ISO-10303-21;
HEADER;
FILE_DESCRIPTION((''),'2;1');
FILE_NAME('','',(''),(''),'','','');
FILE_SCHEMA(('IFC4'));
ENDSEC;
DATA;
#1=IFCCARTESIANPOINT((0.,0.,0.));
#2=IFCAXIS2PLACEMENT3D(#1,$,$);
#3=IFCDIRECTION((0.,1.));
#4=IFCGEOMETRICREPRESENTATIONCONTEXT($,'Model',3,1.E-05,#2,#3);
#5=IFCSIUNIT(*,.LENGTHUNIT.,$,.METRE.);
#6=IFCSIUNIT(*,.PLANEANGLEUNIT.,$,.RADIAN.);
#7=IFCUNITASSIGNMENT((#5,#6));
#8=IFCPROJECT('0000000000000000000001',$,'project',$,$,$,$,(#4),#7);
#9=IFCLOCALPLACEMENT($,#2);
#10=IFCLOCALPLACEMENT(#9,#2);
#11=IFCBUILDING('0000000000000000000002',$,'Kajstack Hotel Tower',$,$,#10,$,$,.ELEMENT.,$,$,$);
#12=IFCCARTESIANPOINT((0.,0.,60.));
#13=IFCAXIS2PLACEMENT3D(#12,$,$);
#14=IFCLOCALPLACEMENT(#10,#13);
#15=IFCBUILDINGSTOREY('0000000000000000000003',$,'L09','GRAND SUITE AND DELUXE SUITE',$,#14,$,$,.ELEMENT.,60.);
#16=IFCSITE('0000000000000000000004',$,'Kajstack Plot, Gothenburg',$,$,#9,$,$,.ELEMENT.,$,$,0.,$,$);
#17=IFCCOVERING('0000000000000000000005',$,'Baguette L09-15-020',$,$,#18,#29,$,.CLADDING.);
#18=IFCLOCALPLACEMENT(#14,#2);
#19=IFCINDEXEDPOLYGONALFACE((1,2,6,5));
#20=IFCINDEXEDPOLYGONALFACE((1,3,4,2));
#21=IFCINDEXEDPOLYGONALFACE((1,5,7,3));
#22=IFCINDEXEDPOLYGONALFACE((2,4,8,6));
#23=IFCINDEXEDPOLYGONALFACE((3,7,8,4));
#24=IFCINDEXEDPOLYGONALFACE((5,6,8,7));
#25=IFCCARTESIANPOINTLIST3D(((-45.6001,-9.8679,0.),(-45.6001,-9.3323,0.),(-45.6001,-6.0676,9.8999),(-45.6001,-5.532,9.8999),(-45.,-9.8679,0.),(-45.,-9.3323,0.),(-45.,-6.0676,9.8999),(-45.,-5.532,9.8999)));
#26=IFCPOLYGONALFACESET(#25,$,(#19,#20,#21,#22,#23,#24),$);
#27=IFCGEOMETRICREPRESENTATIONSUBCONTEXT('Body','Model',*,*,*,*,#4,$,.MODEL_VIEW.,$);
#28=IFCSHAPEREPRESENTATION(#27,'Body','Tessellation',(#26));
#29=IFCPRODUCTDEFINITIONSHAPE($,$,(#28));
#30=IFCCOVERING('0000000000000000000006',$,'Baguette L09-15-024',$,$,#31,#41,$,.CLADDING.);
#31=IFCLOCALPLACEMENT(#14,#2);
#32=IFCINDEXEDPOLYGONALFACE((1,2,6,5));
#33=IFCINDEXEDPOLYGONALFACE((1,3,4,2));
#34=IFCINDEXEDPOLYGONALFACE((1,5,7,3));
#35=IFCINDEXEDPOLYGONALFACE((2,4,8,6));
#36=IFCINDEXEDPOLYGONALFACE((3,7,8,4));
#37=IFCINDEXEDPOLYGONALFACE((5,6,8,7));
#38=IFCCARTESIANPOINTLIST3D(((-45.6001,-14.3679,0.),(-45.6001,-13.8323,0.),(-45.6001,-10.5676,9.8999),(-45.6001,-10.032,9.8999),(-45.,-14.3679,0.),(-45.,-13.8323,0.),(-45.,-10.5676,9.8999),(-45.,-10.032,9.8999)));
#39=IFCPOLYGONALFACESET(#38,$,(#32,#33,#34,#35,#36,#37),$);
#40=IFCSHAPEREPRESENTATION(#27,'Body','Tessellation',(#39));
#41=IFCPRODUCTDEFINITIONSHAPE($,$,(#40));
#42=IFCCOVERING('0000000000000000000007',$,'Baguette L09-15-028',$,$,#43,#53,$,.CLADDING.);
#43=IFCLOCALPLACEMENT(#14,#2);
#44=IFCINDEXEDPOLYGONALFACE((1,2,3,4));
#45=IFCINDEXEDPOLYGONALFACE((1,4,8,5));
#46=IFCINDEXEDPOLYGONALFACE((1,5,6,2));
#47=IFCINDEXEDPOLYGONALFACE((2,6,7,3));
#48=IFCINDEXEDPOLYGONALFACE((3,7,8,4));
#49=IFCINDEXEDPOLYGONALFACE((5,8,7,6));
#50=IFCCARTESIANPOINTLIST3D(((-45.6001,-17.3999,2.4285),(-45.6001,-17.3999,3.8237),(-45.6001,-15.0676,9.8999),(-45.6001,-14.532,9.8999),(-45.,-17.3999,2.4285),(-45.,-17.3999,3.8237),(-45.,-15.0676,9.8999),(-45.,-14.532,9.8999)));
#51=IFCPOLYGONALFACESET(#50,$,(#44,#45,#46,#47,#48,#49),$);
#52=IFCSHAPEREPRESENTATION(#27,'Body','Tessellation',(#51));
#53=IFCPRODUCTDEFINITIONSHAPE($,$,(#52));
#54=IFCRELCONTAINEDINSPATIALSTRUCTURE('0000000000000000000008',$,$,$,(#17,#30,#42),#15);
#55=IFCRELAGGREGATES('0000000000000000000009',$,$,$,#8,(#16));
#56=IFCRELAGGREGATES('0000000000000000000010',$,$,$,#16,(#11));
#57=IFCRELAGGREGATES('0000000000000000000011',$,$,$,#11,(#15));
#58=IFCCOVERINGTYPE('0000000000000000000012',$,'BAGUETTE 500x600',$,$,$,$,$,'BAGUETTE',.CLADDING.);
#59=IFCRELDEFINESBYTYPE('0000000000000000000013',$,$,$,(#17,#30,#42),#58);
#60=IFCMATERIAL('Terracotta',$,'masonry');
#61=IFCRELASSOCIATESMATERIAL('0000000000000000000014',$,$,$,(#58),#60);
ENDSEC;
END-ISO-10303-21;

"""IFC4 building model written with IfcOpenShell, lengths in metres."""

from ifc_helpers import new_model, si_unit, direction, frame, origin, origin_2d, place, context, subcontext, project, spatial, polyline, rectangle, outline, extrude, material, material_profile, profile_set, type_object, element, save


model = new_model("IFC4")

# Units and contexts
model_context = context("Model", 3, precision=1e-05, world=origin(), true_north=direction((0.0, 1.0)))
body_context = subcontext(model_context, "Body", "Model", "MODEL_VIEW")
ifc_project = project(units=[si_unit("LENGTHUNIT", "METRE"), si_unit("PLANEANGLEUNIT", "RADIAN")], contexts=[model_context])

# Site, building, storey
site_placement = place(None, origin())
site = spatial("IfcSite", under=ifc_project, at=site_placement, Name="Kajstack Plot, Gothenburg", CompositionType="ELEMENT", RefElevation=0.0)
building_placement = place(site_placement, origin())
building = spatial("IfcBuilding", under=site, at=building_placement, Name="Kajstack Hotel Tower", CompositionType="ELEMENT")
storey_placement = place(building_placement, frame((0.0, 0.0, 60.0)))
storey = spatial("IfcBuildingStorey", under=building, at=storey_placement, Name="L09", Description="GRAND SUITE AND DELUXE SUITE", CompositionType="ELEMENT", Elevation=60.0)

# Coverings
ifc_material_1 = material(Name="Terracotta", Category="masonry")
ifc_material_profile = material_profile(ifc_material_1, rectangle(XDim=0.6001, YDim=0.5, at=origin_2d()), Name="Terracotta-clad concrete baguette 500 x 600")
ifc_profile_set = profile_set([ifc_material_profile], Name="Terracotta")
covering_type = type_object("IfcCoveringType", Name="BAGUETTE 500x600", ElementType="BAGUETTE", PredefinedType="CLADDING", material=ifc_profile_set)
for number, where, z_axis, x_axis, name in (
    (1, (-45.0, -5.532, 0.0), (-1.0, 0.0, 0.0), (0.0, -1.0, 0.0), "Baguette L09-15-020"),
    (2, (-45.0, -10.032, 0.0), (-1.0, 0.0, 0.0), (0.0, -1.0, 0.0), "Baguette L09-15-024"),
):
    element("IfcCovering", number, at=place(storey_placement, frame(where, z_axis=z_axis, x_axis=x_axis)), inside=storey, type_object=covering_type, Name=name, PredefinedType="CLADDING", context=body_context, shape_type="SweptSolid", body=[
        extrude(outline(polyline([(0.0, 9.8999), (3.8003, 0.0), (4.3359, 0.0), (0.5356, 9.8999), (0.0, 9.8999)])), origin(), (0.0, 0.0, 1.0), 0.6001),
    ])
covering_placement = place(storey_placement, frame((-45.0, -14.532, 0.0), z_axis=(-1.0, 0.0, 0.0), x_axis=(0.0, -1.0, 0.0)))
element("IfcCovering", 3, at=covering_placement, inside=storey, type_object=covering_type, Name="Baguette L09-15-028", PredefinedType="CLADDING", context=body_context, shape_type="SweptSolid", body=[
    extrude(outline(polyline([(0.0, 9.8999), (2.8679, 2.4285), (2.8679, 3.8237), (0.5356, 9.8999), (0.0, 9.8999)])), origin(), (0.0, 0.0, 1.0), 0.6001),
])

save(model, "model.ifc")
